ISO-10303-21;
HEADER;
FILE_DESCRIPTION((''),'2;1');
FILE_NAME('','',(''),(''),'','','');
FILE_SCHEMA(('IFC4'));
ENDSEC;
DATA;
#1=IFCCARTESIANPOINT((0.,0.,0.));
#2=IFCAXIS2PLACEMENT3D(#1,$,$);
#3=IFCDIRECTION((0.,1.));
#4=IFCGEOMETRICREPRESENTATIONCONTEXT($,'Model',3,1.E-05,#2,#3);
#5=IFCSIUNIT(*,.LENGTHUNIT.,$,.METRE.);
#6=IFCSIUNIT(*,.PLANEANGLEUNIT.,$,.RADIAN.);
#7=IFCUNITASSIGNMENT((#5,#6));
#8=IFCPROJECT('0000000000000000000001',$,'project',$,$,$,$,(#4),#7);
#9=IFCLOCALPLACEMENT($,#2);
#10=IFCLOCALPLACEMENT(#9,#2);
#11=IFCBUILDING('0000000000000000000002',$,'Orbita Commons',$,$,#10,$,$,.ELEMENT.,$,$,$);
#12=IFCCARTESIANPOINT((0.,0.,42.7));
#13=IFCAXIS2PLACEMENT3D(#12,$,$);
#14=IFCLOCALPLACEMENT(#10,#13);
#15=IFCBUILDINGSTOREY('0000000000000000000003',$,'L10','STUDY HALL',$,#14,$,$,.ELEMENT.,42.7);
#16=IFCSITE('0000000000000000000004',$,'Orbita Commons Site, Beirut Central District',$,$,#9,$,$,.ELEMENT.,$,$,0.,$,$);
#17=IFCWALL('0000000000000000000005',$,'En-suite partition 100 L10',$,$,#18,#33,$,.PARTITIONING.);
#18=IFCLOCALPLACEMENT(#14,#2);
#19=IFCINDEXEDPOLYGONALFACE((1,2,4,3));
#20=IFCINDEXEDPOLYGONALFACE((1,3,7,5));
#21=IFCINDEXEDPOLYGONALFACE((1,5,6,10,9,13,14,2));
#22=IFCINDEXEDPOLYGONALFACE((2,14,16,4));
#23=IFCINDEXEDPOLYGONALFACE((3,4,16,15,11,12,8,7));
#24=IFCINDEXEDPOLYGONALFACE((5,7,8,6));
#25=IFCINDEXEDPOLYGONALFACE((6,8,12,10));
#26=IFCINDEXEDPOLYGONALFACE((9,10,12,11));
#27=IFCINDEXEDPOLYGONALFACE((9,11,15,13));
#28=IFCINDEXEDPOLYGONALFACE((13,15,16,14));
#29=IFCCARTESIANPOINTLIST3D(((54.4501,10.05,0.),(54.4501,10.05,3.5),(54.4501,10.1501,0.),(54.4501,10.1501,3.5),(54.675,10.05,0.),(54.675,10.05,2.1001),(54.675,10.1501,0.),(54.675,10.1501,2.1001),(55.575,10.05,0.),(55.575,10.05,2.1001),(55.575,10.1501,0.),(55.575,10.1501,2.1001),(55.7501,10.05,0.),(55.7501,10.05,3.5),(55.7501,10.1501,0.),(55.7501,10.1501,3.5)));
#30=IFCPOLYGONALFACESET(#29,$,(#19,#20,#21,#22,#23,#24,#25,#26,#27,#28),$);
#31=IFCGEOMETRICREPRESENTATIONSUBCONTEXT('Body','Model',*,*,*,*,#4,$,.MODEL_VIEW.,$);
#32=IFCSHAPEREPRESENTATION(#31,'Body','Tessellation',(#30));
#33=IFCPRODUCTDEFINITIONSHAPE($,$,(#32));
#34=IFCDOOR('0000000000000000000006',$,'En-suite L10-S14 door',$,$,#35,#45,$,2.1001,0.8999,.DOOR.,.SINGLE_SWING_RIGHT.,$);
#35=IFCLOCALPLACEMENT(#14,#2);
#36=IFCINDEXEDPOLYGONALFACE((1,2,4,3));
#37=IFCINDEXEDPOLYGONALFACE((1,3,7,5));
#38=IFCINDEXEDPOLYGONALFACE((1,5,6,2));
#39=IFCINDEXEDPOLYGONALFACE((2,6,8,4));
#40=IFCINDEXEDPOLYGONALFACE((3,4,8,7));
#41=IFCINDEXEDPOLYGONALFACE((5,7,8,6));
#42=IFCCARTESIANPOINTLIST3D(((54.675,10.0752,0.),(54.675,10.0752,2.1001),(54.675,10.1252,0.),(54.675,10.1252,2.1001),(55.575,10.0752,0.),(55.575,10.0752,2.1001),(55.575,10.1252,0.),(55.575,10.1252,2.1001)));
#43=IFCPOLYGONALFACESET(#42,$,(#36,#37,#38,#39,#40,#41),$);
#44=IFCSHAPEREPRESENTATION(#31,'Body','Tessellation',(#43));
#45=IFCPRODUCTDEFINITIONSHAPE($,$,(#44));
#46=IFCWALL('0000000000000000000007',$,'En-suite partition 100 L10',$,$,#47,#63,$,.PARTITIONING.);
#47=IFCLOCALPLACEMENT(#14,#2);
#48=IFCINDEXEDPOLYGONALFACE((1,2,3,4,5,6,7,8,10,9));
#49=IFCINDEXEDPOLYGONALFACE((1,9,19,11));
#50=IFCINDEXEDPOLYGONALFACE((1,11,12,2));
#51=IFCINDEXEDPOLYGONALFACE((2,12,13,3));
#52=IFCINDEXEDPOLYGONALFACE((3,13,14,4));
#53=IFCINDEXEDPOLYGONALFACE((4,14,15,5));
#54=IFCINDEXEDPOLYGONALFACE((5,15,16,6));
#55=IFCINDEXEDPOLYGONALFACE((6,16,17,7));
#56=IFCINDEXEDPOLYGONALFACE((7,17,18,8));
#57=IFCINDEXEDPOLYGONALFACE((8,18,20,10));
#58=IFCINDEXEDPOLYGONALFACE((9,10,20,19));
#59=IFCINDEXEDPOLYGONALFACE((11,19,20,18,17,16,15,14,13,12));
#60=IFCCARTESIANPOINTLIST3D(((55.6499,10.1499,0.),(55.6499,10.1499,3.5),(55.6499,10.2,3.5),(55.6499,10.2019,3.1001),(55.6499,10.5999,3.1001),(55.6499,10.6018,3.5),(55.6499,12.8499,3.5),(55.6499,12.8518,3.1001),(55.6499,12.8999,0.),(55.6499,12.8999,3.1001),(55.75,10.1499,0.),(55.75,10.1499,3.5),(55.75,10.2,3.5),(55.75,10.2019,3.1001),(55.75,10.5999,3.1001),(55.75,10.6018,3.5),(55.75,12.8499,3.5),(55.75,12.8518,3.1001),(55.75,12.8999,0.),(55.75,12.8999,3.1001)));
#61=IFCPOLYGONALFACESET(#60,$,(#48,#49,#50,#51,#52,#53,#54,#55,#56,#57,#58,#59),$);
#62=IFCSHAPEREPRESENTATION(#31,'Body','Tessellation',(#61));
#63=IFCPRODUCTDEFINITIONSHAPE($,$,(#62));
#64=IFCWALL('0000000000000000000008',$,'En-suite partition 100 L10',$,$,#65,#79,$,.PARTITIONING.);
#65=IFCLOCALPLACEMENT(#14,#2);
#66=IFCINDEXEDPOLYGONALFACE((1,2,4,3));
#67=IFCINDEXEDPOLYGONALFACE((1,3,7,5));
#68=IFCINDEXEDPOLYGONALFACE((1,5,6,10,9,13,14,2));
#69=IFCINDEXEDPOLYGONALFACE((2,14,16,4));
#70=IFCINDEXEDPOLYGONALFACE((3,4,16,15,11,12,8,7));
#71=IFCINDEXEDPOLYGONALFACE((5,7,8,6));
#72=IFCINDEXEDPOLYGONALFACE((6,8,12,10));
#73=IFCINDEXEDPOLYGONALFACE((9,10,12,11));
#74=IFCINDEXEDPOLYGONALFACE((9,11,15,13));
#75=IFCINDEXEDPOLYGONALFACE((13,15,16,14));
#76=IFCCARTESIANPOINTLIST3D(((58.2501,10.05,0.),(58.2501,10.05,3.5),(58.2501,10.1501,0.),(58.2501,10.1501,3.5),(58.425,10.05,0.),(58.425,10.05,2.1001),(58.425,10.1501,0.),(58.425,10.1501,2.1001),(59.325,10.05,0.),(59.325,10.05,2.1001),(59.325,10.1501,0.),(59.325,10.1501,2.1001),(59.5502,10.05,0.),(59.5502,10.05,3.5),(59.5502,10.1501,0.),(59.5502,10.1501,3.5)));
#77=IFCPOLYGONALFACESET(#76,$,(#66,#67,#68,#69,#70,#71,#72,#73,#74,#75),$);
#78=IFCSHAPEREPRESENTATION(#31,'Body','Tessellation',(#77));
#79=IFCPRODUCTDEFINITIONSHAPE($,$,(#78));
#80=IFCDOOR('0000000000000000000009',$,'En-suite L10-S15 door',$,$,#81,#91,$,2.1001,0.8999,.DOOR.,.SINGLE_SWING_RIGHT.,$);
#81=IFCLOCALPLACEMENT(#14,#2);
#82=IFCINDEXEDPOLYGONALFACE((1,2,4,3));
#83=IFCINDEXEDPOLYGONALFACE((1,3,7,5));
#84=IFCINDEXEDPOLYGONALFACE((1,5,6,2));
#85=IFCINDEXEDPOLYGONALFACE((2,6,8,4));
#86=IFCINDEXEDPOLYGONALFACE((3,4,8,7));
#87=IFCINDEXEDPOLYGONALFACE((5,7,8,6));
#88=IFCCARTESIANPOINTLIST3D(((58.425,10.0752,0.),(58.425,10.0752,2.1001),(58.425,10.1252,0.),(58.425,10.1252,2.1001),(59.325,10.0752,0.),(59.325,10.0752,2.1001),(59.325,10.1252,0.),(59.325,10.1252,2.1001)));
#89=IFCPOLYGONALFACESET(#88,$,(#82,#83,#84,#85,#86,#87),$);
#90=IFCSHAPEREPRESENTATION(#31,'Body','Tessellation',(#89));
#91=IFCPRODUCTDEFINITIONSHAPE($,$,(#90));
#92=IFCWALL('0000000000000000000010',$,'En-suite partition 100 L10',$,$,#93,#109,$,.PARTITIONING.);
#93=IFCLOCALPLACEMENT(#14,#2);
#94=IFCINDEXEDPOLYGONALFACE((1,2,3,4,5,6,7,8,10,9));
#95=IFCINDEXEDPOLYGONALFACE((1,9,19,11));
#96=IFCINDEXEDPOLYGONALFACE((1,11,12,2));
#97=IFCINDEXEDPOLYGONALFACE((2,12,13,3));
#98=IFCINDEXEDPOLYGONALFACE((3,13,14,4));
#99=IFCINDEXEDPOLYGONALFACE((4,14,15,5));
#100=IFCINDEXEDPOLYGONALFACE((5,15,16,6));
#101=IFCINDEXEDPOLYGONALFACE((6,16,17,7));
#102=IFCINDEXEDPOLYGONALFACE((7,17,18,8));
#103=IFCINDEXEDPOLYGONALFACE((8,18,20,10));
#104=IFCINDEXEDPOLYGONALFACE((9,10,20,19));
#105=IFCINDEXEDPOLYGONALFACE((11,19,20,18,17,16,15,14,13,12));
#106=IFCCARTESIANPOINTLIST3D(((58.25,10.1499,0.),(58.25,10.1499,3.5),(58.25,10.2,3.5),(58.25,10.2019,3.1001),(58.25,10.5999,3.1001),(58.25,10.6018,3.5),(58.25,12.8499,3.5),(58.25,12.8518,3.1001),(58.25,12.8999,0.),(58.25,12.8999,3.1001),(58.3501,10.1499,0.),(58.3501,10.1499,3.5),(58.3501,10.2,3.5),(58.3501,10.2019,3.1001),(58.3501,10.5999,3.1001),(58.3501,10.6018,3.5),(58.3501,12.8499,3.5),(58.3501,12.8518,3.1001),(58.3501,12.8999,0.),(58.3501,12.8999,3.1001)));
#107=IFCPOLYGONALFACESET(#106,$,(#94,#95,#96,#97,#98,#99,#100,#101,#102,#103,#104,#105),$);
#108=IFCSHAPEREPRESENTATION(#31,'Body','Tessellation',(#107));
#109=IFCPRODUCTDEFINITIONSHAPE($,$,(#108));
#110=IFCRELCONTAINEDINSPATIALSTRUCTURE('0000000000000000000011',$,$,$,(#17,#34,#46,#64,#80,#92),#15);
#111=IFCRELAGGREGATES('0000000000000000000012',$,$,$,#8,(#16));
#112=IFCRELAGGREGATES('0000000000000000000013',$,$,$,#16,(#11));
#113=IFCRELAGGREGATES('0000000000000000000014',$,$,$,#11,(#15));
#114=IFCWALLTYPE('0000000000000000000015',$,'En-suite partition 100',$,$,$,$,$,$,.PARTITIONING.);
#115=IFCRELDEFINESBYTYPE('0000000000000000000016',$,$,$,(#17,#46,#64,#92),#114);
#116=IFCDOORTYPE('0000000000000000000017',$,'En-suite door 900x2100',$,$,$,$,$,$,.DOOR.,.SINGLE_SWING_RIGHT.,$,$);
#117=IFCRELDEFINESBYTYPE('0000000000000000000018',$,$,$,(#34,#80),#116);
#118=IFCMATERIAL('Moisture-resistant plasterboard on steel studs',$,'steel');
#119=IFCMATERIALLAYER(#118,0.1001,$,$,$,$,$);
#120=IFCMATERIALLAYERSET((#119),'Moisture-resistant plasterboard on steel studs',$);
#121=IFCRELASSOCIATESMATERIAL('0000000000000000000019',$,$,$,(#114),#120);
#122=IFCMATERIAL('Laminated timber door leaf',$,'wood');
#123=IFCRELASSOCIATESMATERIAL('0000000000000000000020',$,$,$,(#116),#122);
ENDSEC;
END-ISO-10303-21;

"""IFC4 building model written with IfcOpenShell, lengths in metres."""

from ifc_helpers import new_model, si_unit, direction, frame, frame_2d, origin, place, context, subcontext, project, spatial, polyline, rectangle, outline, extrude, material, layer, layer_set, type_object, element, fill, save


model = new_model("IFC4")

# Units and contexts
model_context = context("Model", 3, precision=1e-05, world=origin(), true_north=direction((0.0, 1.0)))
body_context = subcontext(model_context, "Body", "Model", "MODEL_VIEW")
ifc_project = project(units=[si_unit("LENGTHUNIT", "METRE"), si_unit("PLANEANGLEUNIT", "RADIAN")], contexts=[model_context])

# Site, building, storey
site_placement = place(None, origin())
site = spatial("IfcSite", under=ifc_project, at=site_placement, Name="Orbita Commons Site, Beirut Central District", CompositionType="ELEMENT", RefElevation=0.0)
building_placement = place(site_placement, origin())
building = spatial("IfcBuilding", under=site, at=building_placement, Name="Orbita Commons", CompositionType="ELEMENT")
storey_placement = place(building_placement, frame((0.0, 0.0, 42.7)))
storey = spatial("IfcBuildingStorey", under=building, at=storey_placement, Name="L10", Description="STUDY HALL", CompositionType="ELEMENT", Elevation=42.7)

# Wall, opening, door
ifc_material_1 = material(Name="Moisture-resistant plasterboard on steel studs", Category="steel")
ifc_layer_1 = layer(ifc_material_1, 0.1001)
ifc_layer_set_1 = layer_set([ifc_layer_1], Name="Moisture-resistant plasterboard on steel studs")
wall_type_1 = type_object("IfcWallType", Name="En-suite partition 100", PredefinedType="PARTITIONING", material=ifc_layer_set_1)
wall_1_placement = place(storey_placement, frame((55.75, 10.1001, 0.0), z_axis=(0.0, 0.0, 1.0), x_axis=(-1.0, 0.0, 0.0)))
wall_1 = element("IfcWall", 1, at=wall_1_placement, inside=storey, type_object=wall_type_1, Name="En-suite partition 100 L10", PredefinedType="PARTITIONING", context=body_context, shape_type="SweptSolid", body=[
    extrude(rectangle(XDim=1.3, YDim=0.1001, at=frame_2d((0.6499, 0.0))), origin(), (0.0, 0.0, 1.0), 3.5),
])
opening_1_placement = place(wall_1_placement, frame((0.175, 0.0, 0.0)))
opening_1 = element("IfcOpeningElement", 2, at=opening_1_placement, cuts=wall_1, PredefinedType="OPENING", context=body_context, shape_type="SweptSolid", body=[
    extrude(rectangle(XDim=0.8999, YDim=2.1001, at=frame_2d((0.45, 1.05))), frame((0.0, 0.0601, 0.0), z_axis=(0.0, -1.0, 0.0), x_axis=(1.0, 0.0, 0.0)), (0.0, 0.0, 1.0), 0.1201),
])
ifc_material_2 = material(Name="Laminated timber door leaf", Category="wood")
door_type_1 = type_object("IfcDoorType", Name="En-suite door 900x2100", OperationType="SINGLE_SWING_RIGHT", PredefinedType="DOOR", material=ifc_material_2)
door_1_placement = place(opening_1_placement, origin())
door_1 = element("IfcDoor", 3, at=door_1_placement, inside=storey, type_object=door_type_1, Name="En-suite L10-S14 door", OperationType="SINGLE_SWING_RIGHT", OverallHeight=2.1001, OverallWidth=0.8999, PredefinedType="DOOR", context=body_context, shape_type="SweptSolid", body=[
    extrude(rectangle(XDim=0.8999, YDim=2.1001, at=frame_2d((0.45, 1.05))), frame((0.0, 0.0249, 0.0), z_axis=(0.0, -1.0, 0.0), x_axis=(1.0, 0.0, 0.0)), (0.0, 0.0, 1.0), 0.05),
])
fill(opening_1, door_1)

# Wall
wall_2_placement = place(storey_placement, frame((55.7, 10.1499, 0.0), z_axis=(0.0, 0.0, 1.0), x_axis=(0.0, 1.0, 0.0)))
element("IfcWall", 4, at=wall_2_placement, inside=storey, type_object=wall_type_1, Name="En-suite partition 100 L10", PredefinedType="PARTITIONING", context=body_context, shape_type="SweptSolid", body=[
    extrude(outline(polyline([(0.0, 0.0), (2.75, 0.0), (2.75, 3.1001), (2.7019, 3.1001), (2.7, 3.5), (0.4519, 3.5), (0.45, 3.1001), (0.052, 3.1001), (0.05, 3.5), (0.0, 3.5), (0.0, 0.0)])), frame((0.0, 0.05, 0.0), z_axis=(0.0, -1.0, 0.0), x_axis=(1.0, 0.0, 0.0)), (0.0, 0.0, 1.0), 0.1001),
])

# Wall, opening, door
wall_3_placement = place(storey_placement, frame((59.55, 10.1001, 0.0), z_axis=(0.0, 0.0, 1.0), x_axis=(-1.0, 0.0, 0.0)))
wall_3 = element("IfcWall", 5, at=wall_3_placement, inside=storey, type_object=wall_type_1, Name="En-suite partition 100 L10", PredefinedType="PARTITIONING", context=body_context, shape_type="SweptSolid", body=[
    extrude(rectangle(XDim=1.3, YDim=0.1001, at=frame_2d((0.6499, 0.0))), origin(), (0.0, 0.0, 1.0), 3.5),
])
opening_2_placement = place(wall_3_placement, frame((0.2251, 0.0, 0.0)))
opening_2 = element("IfcOpeningElement", 6, at=opening_2_placement, cuts=wall_3, PredefinedType="OPENING", context=body_context, shape_type="SweptSolid", body=[
    extrude(rectangle(XDim=0.8999, YDim=2.1001, at=frame_2d((0.45, 1.05))), frame((0.0, 0.0601, 0.0), z_axis=(0.0, -1.0, 0.0), x_axis=(1.0, 0.0, 0.0)), (0.0, 0.0, 1.0), 0.1201),
])
door_2_placement = place(opening_2_placement, origin())
door_2 = element("IfcDoor", 7, at=door_2_placement, inside=storey, type_object=door_type_1, Name="En-suite L10-S15 door", OperationType="SINGLE_SWING_RIGHT", OverallHeight=2.1001, OverallWidth=0.8999, PredefinedType="DOOR", context=body_context, shape_type="SweptSolid", body=[
    extrude(rectangle(XDim=0.8999, YDim=2.1001, at=frame_2d((0.45, 1.05))), frame((0.0, 0.0249, 0.0), z_axis=(0.0, -1.0, 0.0), x_axis=(1.0, 0.0, 0.0)), (0.0, 0.0, 1.0), 0.05),
])
fill(opening_2, door_2)

# Wall
wall_4_placement = place(storey_placement, frame((58.3, 10.1499, 0.0), z_axis=(0.0, 0.0, 1.0), x_axis=(0.0, 1.0, 0.0)))
element("IfcWall", 8, at=wall_4_placement, inside=storey, type_object=wall_type_1, Name="En-suite partition 100 L10", PredefinedType="PARTITIONING", context=body_context, shape_type="SweptSolid", body=[
    extrude(outline(polyline([(0.0, 0.0), (2.75, 0.0), (2.75, 3.1001), (2.7019, 3.1001), (2.7, 3.5), (0.4519, 3.5), (0.45, 3.1001), (0.052, 3.1001), (0.05, 3.5), (0.0, 3.5), (0.0, 0.0)])), frame((0.0, 0.05, 0.0), z_axis=(0.0, -1.0, 0.0), x_axis=(1.0, 0.0, 0.0)), (0.0, 0.0, 1.0), 0.1001),
])

save(model, "model.ifc")
